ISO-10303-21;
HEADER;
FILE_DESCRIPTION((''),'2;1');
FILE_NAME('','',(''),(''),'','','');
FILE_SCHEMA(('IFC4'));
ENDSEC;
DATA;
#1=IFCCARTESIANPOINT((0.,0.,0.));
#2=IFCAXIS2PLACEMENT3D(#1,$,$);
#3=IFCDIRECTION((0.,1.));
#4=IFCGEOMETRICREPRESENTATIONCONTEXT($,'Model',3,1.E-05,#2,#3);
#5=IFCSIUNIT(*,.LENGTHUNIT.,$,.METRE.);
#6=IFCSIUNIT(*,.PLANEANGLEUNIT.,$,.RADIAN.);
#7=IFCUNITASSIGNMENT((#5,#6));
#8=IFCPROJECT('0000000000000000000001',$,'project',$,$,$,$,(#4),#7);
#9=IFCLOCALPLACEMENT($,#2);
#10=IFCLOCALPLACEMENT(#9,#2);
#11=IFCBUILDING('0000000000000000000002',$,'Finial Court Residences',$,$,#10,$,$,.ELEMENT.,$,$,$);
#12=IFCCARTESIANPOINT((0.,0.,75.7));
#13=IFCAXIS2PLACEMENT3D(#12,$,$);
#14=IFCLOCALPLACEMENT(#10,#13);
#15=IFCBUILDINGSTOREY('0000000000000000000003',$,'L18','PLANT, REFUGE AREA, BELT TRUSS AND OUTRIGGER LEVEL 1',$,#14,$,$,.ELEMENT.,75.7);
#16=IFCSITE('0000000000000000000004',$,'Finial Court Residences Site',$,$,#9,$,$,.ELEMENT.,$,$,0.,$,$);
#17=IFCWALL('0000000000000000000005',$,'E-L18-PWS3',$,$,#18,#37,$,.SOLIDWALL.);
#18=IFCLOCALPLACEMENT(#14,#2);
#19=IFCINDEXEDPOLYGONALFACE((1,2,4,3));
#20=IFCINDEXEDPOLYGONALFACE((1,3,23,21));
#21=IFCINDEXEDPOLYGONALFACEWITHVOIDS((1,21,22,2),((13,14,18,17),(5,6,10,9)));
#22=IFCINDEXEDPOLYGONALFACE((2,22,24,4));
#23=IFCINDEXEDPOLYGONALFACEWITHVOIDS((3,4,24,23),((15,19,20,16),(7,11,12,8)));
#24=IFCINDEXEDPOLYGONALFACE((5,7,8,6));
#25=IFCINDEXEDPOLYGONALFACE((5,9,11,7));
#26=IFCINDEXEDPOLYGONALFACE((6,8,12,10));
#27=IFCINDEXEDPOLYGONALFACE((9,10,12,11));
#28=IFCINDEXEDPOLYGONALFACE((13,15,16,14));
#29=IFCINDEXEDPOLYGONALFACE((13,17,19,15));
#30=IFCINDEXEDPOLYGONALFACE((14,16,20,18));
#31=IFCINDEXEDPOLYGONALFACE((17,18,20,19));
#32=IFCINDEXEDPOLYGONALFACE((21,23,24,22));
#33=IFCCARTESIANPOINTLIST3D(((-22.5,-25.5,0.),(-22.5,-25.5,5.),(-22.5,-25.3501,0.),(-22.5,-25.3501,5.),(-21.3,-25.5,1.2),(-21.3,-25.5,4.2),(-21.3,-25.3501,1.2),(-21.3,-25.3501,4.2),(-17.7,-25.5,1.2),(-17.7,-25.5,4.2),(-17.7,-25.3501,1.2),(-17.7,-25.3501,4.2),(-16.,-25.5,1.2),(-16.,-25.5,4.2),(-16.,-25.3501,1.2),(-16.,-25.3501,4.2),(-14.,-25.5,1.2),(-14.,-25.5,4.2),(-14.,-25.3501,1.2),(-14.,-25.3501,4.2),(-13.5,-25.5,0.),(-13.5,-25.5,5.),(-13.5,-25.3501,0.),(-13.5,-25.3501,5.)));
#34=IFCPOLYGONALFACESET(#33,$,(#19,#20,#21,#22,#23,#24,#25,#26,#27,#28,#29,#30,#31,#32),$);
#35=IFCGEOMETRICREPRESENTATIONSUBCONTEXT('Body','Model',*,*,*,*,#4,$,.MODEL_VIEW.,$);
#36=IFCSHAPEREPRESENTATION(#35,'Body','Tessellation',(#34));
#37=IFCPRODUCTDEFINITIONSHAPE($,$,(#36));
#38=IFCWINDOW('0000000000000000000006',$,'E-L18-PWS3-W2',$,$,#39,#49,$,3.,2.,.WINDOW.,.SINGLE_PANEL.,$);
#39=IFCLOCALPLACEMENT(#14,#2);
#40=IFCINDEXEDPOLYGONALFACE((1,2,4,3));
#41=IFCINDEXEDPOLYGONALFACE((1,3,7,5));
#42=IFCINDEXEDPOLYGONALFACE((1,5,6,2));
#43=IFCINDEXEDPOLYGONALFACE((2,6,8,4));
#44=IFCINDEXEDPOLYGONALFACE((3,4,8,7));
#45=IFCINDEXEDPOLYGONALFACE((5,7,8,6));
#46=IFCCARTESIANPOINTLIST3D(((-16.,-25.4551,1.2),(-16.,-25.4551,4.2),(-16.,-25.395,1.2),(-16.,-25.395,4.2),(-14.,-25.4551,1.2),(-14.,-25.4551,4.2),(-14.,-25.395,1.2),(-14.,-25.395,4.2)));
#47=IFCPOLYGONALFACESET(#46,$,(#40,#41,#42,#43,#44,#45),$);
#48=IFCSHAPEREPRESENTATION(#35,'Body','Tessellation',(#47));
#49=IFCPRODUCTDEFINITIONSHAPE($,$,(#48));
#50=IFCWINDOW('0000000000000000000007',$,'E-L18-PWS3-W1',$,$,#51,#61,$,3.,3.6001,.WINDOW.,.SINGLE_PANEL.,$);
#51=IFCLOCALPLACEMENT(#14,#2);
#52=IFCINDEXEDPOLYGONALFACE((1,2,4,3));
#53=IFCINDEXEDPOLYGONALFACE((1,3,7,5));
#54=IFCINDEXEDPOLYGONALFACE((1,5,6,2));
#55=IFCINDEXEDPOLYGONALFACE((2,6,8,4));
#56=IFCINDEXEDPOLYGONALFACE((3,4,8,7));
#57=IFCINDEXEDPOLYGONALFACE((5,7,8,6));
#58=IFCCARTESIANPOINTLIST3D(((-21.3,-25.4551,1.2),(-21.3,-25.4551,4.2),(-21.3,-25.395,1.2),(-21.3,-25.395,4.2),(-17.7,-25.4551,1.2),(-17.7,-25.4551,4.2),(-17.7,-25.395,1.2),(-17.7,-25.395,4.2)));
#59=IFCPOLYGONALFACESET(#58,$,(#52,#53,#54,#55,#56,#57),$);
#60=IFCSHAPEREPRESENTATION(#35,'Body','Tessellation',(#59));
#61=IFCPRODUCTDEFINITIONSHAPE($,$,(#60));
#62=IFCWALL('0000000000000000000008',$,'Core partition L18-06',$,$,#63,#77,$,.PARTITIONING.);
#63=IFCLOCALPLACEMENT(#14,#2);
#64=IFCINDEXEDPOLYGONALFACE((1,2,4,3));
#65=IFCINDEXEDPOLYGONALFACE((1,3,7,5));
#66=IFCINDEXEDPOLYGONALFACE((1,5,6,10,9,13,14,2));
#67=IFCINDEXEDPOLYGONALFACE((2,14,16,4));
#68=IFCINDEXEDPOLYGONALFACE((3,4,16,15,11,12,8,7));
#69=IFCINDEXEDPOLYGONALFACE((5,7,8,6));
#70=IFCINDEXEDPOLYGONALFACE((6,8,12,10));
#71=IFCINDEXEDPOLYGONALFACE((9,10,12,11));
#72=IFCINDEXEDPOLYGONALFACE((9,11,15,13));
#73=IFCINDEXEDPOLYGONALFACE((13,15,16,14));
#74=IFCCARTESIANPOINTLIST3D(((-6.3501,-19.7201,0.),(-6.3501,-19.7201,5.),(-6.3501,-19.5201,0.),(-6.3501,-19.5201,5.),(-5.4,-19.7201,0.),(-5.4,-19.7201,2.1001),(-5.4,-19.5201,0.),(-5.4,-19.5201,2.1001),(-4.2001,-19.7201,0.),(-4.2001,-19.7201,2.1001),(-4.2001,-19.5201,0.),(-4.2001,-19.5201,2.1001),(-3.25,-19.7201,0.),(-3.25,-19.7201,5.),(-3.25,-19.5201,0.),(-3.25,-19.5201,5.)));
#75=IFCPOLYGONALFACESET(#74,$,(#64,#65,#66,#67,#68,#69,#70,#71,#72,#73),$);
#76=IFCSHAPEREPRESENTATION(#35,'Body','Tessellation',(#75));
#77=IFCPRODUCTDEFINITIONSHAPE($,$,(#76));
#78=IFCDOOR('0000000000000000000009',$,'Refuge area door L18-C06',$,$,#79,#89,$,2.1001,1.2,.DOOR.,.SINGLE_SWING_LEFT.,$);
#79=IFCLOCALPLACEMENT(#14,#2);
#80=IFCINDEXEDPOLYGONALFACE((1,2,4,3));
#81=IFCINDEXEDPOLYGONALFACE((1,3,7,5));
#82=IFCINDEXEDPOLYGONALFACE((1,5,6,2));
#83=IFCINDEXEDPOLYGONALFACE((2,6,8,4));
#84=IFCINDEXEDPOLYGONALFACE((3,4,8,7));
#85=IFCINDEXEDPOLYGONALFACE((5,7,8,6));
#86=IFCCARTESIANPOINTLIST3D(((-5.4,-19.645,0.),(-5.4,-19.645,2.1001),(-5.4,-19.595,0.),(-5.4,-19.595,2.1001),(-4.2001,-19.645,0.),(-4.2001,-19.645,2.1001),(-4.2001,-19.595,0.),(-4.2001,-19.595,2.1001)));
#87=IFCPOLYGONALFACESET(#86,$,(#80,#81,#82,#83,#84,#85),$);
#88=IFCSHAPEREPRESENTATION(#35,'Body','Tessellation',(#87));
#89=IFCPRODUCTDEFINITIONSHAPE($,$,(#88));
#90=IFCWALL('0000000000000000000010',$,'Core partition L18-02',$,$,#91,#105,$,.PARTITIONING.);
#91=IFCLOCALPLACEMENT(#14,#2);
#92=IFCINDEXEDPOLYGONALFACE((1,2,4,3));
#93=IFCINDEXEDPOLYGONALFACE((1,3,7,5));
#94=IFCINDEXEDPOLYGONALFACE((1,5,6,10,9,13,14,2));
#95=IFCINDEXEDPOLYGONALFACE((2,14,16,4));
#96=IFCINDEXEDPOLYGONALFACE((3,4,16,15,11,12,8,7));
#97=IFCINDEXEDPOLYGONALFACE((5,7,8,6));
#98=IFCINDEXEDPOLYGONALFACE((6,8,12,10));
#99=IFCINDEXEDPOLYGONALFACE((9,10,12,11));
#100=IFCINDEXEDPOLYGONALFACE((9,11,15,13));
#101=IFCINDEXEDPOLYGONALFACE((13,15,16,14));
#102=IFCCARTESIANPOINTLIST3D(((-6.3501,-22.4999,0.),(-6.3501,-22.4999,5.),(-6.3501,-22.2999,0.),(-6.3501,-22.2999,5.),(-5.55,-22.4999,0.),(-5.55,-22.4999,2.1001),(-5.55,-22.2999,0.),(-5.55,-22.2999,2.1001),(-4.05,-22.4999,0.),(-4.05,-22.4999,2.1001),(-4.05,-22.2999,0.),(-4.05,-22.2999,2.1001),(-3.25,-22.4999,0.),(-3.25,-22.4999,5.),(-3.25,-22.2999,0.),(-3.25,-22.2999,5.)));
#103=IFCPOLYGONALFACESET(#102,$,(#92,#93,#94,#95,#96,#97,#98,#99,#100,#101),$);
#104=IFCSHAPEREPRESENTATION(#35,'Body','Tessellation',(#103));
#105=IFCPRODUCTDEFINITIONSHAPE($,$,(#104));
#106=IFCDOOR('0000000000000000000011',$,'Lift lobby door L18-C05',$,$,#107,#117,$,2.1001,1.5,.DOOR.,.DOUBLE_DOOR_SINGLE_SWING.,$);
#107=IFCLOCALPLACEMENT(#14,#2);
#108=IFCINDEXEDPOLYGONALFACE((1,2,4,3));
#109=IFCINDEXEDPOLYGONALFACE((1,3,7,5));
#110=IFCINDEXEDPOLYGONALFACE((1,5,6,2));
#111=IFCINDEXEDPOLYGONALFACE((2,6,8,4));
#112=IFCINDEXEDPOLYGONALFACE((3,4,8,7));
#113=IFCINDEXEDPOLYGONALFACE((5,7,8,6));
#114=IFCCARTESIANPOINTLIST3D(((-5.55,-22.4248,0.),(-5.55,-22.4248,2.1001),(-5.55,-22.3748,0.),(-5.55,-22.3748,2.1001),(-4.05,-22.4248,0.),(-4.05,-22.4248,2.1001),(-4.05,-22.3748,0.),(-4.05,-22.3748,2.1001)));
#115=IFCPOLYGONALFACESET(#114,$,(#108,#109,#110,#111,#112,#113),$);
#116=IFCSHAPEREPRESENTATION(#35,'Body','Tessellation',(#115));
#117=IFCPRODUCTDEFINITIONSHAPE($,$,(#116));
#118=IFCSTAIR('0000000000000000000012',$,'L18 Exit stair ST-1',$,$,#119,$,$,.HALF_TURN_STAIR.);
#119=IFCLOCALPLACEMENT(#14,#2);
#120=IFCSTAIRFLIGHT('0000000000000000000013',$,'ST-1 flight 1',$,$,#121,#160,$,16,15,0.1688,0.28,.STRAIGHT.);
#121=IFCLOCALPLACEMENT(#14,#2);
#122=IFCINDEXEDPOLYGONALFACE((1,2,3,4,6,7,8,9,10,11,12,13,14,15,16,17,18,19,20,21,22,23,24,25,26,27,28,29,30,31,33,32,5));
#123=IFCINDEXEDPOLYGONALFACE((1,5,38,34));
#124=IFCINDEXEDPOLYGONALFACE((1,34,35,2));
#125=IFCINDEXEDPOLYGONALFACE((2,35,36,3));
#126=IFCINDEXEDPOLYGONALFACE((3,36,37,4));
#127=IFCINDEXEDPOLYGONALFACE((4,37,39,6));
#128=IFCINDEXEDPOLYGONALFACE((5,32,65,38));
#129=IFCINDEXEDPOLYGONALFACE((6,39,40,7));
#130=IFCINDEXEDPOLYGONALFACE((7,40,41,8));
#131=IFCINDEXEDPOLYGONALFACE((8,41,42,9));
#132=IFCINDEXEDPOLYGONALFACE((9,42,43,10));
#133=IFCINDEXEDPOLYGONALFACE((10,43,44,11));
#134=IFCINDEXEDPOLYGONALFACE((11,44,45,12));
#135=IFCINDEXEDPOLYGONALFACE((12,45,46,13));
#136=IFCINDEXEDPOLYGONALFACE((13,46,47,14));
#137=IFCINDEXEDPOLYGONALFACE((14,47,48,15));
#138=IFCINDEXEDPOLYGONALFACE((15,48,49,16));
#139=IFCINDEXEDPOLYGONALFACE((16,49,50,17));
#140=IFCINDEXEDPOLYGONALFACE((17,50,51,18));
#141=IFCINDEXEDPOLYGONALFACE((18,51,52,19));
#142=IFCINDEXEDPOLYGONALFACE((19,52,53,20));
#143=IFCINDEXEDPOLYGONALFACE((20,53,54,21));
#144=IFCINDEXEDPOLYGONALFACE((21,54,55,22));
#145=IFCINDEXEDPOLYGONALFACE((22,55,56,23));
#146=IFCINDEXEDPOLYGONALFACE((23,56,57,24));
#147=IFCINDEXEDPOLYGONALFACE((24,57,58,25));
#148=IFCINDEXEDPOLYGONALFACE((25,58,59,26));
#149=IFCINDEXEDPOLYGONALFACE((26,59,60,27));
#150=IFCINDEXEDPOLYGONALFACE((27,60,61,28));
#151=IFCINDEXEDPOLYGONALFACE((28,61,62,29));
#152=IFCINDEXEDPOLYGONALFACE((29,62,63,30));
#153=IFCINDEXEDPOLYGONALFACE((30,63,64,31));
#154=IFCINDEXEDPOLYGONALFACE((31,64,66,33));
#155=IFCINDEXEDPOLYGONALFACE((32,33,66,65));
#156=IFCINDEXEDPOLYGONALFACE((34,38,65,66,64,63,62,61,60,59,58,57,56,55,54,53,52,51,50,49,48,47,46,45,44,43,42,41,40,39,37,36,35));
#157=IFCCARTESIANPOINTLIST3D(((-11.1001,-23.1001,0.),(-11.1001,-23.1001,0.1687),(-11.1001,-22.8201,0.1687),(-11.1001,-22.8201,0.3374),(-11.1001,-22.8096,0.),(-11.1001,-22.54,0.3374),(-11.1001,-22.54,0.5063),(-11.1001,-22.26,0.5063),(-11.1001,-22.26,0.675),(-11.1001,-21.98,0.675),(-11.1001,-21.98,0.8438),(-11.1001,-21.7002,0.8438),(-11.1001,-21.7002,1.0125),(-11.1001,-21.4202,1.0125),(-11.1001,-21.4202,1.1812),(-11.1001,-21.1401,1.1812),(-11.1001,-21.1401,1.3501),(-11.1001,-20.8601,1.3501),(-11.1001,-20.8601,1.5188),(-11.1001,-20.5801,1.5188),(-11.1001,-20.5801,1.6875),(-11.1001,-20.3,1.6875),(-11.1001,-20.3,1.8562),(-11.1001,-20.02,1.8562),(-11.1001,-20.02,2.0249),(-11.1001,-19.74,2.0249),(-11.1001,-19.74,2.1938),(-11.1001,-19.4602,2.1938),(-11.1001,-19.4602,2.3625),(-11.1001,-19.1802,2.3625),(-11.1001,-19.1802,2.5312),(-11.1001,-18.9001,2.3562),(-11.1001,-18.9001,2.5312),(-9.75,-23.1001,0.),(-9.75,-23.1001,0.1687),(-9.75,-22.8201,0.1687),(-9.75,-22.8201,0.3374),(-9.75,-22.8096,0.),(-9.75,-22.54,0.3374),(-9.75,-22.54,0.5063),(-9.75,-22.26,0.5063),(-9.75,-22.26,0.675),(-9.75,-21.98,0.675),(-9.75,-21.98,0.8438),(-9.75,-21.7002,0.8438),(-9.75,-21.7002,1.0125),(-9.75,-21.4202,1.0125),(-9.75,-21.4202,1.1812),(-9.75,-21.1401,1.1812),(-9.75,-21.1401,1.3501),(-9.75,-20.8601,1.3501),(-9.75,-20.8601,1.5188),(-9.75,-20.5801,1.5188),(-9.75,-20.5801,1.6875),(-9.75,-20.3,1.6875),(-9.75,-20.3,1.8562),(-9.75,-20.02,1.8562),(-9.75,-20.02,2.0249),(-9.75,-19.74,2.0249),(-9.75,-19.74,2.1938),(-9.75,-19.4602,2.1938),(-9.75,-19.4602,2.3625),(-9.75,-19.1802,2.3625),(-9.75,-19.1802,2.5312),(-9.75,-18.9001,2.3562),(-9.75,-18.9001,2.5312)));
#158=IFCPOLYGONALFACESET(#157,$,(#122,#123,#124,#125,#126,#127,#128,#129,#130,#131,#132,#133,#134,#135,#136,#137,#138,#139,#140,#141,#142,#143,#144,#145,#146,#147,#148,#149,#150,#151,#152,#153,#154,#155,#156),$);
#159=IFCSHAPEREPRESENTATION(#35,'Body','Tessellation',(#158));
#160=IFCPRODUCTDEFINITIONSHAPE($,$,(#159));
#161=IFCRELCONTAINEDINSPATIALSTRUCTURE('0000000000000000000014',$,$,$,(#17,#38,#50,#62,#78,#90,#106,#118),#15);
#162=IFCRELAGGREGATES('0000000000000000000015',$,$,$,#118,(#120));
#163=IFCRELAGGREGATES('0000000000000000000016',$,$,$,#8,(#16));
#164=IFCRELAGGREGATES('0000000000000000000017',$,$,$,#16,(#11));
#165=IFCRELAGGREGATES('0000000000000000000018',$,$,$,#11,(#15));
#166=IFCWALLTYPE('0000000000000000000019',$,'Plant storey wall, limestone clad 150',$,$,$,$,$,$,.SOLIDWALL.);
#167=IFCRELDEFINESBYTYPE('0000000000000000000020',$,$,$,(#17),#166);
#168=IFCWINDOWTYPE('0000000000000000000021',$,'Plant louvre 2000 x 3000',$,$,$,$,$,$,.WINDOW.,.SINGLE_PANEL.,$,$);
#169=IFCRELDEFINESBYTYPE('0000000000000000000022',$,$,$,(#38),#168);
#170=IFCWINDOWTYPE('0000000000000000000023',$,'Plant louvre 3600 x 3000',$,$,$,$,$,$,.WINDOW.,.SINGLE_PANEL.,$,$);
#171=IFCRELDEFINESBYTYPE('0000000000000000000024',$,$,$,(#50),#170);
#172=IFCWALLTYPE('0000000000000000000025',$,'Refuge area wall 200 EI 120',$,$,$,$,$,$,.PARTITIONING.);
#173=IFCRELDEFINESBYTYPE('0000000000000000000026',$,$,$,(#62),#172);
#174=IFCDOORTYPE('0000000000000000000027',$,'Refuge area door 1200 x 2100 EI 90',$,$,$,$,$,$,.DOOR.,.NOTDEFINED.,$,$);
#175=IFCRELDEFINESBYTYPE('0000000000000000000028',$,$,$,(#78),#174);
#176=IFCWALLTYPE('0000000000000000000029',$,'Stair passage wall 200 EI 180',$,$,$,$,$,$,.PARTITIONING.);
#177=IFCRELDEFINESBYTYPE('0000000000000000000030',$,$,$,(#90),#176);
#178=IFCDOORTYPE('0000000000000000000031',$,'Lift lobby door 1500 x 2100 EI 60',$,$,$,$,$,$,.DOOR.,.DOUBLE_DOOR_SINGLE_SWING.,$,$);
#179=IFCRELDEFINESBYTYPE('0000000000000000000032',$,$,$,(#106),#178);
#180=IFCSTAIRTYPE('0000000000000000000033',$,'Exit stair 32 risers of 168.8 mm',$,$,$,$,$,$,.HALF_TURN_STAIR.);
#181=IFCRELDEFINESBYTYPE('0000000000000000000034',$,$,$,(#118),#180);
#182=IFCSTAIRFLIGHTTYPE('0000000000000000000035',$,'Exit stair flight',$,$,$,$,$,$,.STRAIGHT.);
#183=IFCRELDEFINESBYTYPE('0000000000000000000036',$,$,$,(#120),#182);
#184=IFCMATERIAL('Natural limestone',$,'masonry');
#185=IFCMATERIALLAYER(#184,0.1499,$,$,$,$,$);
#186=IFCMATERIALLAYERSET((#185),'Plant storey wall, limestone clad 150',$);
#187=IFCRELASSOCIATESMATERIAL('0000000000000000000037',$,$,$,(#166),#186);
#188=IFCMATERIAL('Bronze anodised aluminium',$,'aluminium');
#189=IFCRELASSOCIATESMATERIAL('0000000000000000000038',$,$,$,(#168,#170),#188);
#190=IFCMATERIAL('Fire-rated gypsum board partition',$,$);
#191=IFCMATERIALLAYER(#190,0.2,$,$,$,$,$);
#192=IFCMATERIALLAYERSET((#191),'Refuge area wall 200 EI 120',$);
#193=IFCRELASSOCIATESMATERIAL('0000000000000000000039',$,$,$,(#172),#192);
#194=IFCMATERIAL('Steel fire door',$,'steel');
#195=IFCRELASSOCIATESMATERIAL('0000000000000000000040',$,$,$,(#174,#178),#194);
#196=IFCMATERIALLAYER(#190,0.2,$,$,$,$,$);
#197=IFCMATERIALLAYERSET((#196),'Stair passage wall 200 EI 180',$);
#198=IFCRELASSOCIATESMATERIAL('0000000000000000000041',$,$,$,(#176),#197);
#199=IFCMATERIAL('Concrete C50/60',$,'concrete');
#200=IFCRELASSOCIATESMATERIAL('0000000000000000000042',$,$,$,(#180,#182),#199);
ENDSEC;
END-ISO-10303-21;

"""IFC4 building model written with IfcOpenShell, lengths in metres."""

from ifc_helpers import new_model, si_unit, direction, frame, frame_2d, origin, place, context, subcontext, project, spatial, polyline, rectangle, outline, extrude, material, layer, layer_set, type_object, element, fill, aggregate, save


model = new_model("IFC4")

# Units and contexts
model_context = context("Model", 3, precision=1e-05, world=origin(), true_north=direction((0.0, 1.0)))
body_context = subcontext(model_context, "Body", "Model", "MODEL_VIEW")
ifc_project = project(units=[si_unit("LENGTHUNIT", "METRE"), si_unit("PLANEANGLEUNIT", "RADIAN")], contexts=[model_context])

# Site, building, storey
site_placement = place(None, origin())
site = spatial("IfcSite", under=ifc_project, at=site_placement, Name="Finial Court Residences Site", CompositionType="ELEMENT", RefElevation=0.0)
building_placement = place(site_placement, origin())
building = spatial("IfcBuilding", under=site, at=building_placement, Name="Finial Court Residences", CompositionType="ELEMENT")
storey_placement = place(building_placement, frame((0.0, 0.0, 75.7)))
storey = spatial("IfcBuildingStorey", under=building, at=storey_placement, Name="L18", Description="PLANT, REFUGE AREA, BELT TRUSS AND OUTRIGGER LEVEL 1", CompositionType="ELEMENT", Elevation=75.7)

# Shared definitions
ifc_material_1 = material(Name="Steel fire door", Category="steel")

# Wall, openings, windows
ifc_material_2 = material(Name="Natural limestone", Category="masonry")
ifc_layer_1 = layer(ifc_material_2, 0.1499)
ifc_layer_set_1 = layer_set([ifc_layer_1], Name="Plant storey wall, limestone clad 150")
wall_type_1 = type_object("IfcWallType", Name="Plant storey wall, limestone clad 150", PredefinedType="SOLIDWALL", material=ifc_layer_set_1)
wall_1_placement = place(storey_placement, frame((-13.5, -25.425, 0.0), z_axis=(0.0, 0.0, 1.0), x_axis=(-1.0, 0.0, 0.0)))
wall_1 = element("IfcWall", 1, at=wall_1_placement, inside=storey, type_object=wall_type_1, Name="E-L18-PWS3", PredefinedType="SOLIDWALL", context=body_context, shape_type="SweptSolid", body=[
    extrude(rectangle(XDim=9.0, YDim=0.1499, at=frame_2d((4.5, 0.0))), origin(), (0.0, 0.0, 1.0), 5.0),
])
opening_1_placement = place(wall_1_placement, frame((4.2, 0.0, 1.2)))
opening_1 = element("IfcOpeningElement", 2, at=opening_1_placement, cuts=wall_1, PredefinedType="OPENING", context=body_context, shape_type="SweptSolid", body=[
    extrude(rectangle(XDim=3.6001, YDim=3.0, at=frame_2d((1.8, 1.5))), frame((0.0, 0.085, 0.0), z_axis=(0.0, -1.0, 0.0), x_axis=(1.0, 0.0, 0.0)), (0.0, 0.0, 1.0), 0.1699),
])
opening_2_placement = place(wall_1_placement, frame((0.5, 0.0, 1.2)))
opening_2 = element("IfcOpeningElement", 3, at=opening_2_placement, cuts=wall_1, PredefinedType="OPENING", context=body_context, shape_type="SweptSolid", body=[
    extrude(rectangle(XDim=2.0, YDim=3.0, at=frame_2d((1.0, 1.5))), frame((0.0, 0.085, 0.0), z_axis=(0.0, -1.0, 0.0), x_axis=(1.0, 0.0, 0.0)), (0.0, 0.0, 1.0), 0.1699),
])
ifc_material_3 = material(Name="Bronze anodised aluminium", Category="aluminium")
window_type_1 = type_object("IfcWindowType", Name="Plant louvre 2000 x 3000", PartitioningType="SINGLE_PANEL", PredefinedType="WINDOW", material=ifc_material_3)
window_1_placement = place(opening_2_placement, origin())
window_1 = element("IfcWindow", 4, at=window_1_placement, inside=storey, type_object=window_type_1, Name="E-L18-PWS3-W2", OverallHeight=3.0, OverallWidth=2.0, PartitioningType="SINGLE_PANEL", PredefinedType="WINDOW", context=body_context, shape_type="SweptSolid", body=[
    extrude(rectangle(XDim=2.0, YDim=3.0, at=frame_2d((1.0, 1.5))), frame((0.0, 0.03, 0.0), z_axis=(0.0, -1.0, 0.0), x_axis=(1.0, 0.0, 0.0)), (0.0, 0.0, 1.0), 0.0601),
])
fill(opening_2, window_1)
window_type_2 = type_object("IfcWindowType", Name="Plant louvre 3600 x 3000", PartitioningType="SINGLE_PANEL", PredefinedType="WINDOW", material=ifc_material_3)
window_2_placement = place(opening_1_placement, origin())
window_2 = element("IfcWindow", 5, at=window_2_placement, inside=storey, type_object=window_type_2, Name="E-L18-PWS3-W1", OverallHeight=3.0, OverallWidth=3.6001, PartitioningType="SINGLE_PANEL", PredefinedType="WINDOW", context=body_context, shape_type="SweptSolid", body=[
    extrude(rectangle(XDim=3.6001, YDim=3.0, at=frame_2d((1.8, 1.5))), frame((0.0, 0.03, 0.0), z_axis=(0.0, -1.0, 0.0), x_axis=(1.0, 0.0, 0.0)), (0.0, 0.0, 1.0), 0.0601),
])
fill(opening_1, window_2)

# Walls, openings, doors
ifc_material_4 = material(Name="Fire-rated gypsum board partition")
ifc_layer_2 = layer(ifc_material_4, 0.2)
ifc_layer_set_2 = layer_set([ifc_layer_2], Name="Refuge area wall 200 EI 120")
wall_type_2 = type_object("IfcWallType", Name="Refuge area wall 200 EI 120", PredefinedType="PARTITIONING", material=ifc_layer_set_2)
wall_2_placement = place(storey_placement, frame((-3.25, -19.6201, 0.0), z_axis=(0.0, 0.0, 1.0), x_axis=(-1.0, 0.0, 0.0)))
wall_2 = element("IfcWall", 6, at=wall_2_placement, inside=storey, type_object=wall_type_2, Name="Core partition L18-06", PredefinedType="PARTITIONING", context=body_context, shape_type="SweptSolid", body=[
    extrude(rectangle(XDim=3.1001, YDim=0.2, at=frame_2d((1.55, 0.0))), origin(), (0.0, 0.0, 1.0), 5.0),
])
opening_3_placement = place(wall_2_placement, frame((0.95, 0.0, 0.0)))
opening_3 = element("IfcOpeningElement", 7, at=opening_3_placement, cuts=wall_2, PredefinedType="OPENING", context=body_context, shape_type="SweptSolid", body=[
    extrude(rectangle(XDim=1.2, YDim=2.1001, at=frame_2d((0.6001, 1.05))), frame((0.0, 0.1099, 0.0), z_axis=(0.0, -1.0, 0.0), x_axis=(1.0, 0.0, 0.0)), (0.0, 0.0, 1.0), 0.22),
])
door_type_1 = type_object("IfcDoorType", Name="Refuge area door 1200 x 2100 EI 90", OperationType="NOTDEFINED", PredefinedType="DOOR", material=ifc_material_1)
door_1_placement = place(opening_3_placement, origin())
door_1 = element("IfcDoor", 8, at=door_1_placement, inside=storey, type_object=door_type_1, Name="Refuge area door L18-C06", OperationType="SINGLE_SWING_LEFT", OverallHeight=2.1001, OverallWidth=1.2, PredefinedType="DOOR", context=body_context, shape_type="SweptSolid", body=[
    extrude(rectangle(XDim=1.2, YDim=2.1001, at=frame_2d((0.6001, 1.05))), frame((0.0, 0.0249, 0.0), z_axis=(0.0, -1.0, 0.0), x_axis=(1.0, 0.0, 0.0)), (0.0, 0.0, 1.0), 0.05),
])
fill(opening_3, door_1)
ifc_layer_3 = layer(ifc_material_4, 0.2)
ifc_layer_set_3 = layer_set([ifc_layer_3], Name="Stair passage wall 200 EI 180")
wall_type_3 = type_object("IfcWallType", Name="Stair passage wall 200 EI 180", PredefinedType="PARTITIONING", material=ifc_layer_set_3)
wall_3_placement = place(storey_placement, frame((-3.25, -22.3999, 0.0), z_axis=(0.0, 0.0, 1.0), x_axis=(-1.0, 0.0, 0.0)))
wall_3 = element("IfcWall", 9, at=wall_3_placement, inside=storey, type_object=wall_type_3, Name="Core partition L18-02", PredefinedType="PARTITIONING", context=body_context, shape_type="SweptSolid", body=[
    extrude(rectangle(XDim=3.1001, YDim=0.2, at=frame_2d((1.55, 0.0))), origin(), (0.0, 0.0, 1.0), 5.0),
])
opening_4_placement = place(wall_3_placement, frame((0.8, 0.0, 0.0)))
opening_4 = element("IfcOpeningElement", 10, at=opening_4_placement, cuts=wall_3, PredefinedType="OPENING", context=body_context, shape_type="SweptSolid", body=[
    extrude(rectangle(XDim=1.5, YDim=2.1001, at=frame_2d((0.75, 1.05))), frame((0.0, 0.1099, 0.0), z_axis=(0.0, -1.0, 0.0), x_axis=(1.0, 0.0, 0.0)), (0.0, 0.0, 1.0), 0.22),
])
door_type_2 = type_object("IfcDoorType", Name="Lift lobby door 1500 x 2100 EI 60", OperationType="DOUBLE_DOOR_SINGLE_SWING", PredefinedType="DOOR", material=ifc_material_1)
door_2_placement = place(opening_4_placement, origin())
door_2 = element("IfcDoor", 11, at=door_2_placement, inside=storey, type_object=door_type_2, Name="Lift lobby door L18-C05", OperationType="DOUBLE_DOOR_SINGLE_SWING", OverallHeight=2.1001, OverallWidth=1.5, PredefinedType="DOOR", context=body_context, shape_type="SweptSolid", body=[
    extrude(rectangle(XDim=1.5, YDim=2.1001, at=frame_2d((0.75, 1.05))), frame((0.0, 0.0249, 0.0), z_axis=(0.0, -1.0, 0.0), x_axis=(1.0, 0.0, 0.0)), (0.0, 0.0, 1.0), 0.05),
])
fill(opening_4, door_2)

# Stair, stair flight
ifc_material_5 = material(Name="Concrete C50/60", Category="concrete")
stair_type = type_object("IfcStairType", Name="Exit stair 32 risers of 168.8 mm", PredefinedType="HALF_TURN_STAIR", material=ifc_material_5)
stair_placement = place(storey_placement, origin())
stair = element("IfcStair", 12, at=stair_placement, inside=storey, type_object=stair_type, Name="L18 Exit stair ST-1", PredefinedType="HALF_TURN_STAIR")
stair_flight_type = type_object("IfcStairFlightType", Name="Exit stair flight", PredefinedType="STRAIGHT", material=ifc_material_5)
stair_flight_placement = place(storey_placement, frame((-10.425, -23.1001, 0.0), z_axis=(0.0, 0.0, 1.0), x_axis=(0.0, 1.0, 0.0)))
stair_flight = element("IfcStairFlight", 13, at=stair_flight_placement, type_object=stair_flight_type, Name="ST-1 flight 1", NumberOfRisers=16, NumberOfTreads=15, PredefinedType="STRAIGHT", RiserHeight=0.1688, TreadLength=0.28, context=body_context, shape_type="SweptSolid", body=[
    extrude(outline(polyline([(0.0, 0.0), (0.0, 0.1687), (0.28, 0.1687), (0.28, 0.3374), (0.5601, 0.3374), (0.5601, 0.5063), (0.8401, 0.5063), (0.8401, 0.675), (1.1201, 0.675), (1.1201, 0.8438), (1.3999, 0.8438), (1.3999, 1.0125), (1.6799, 1.0125), (1.6799, 1.1812), (1.96, 1.1812), (1.96, 1.3501), (2.24, 1.3501), (2.24, 1.5188), (2.52, 1.5188), (2.52, 1.6875), (2.8, 1.6875), (2.8, 1.8562), (3.0801, 1.8562), (3.0801, 2.0249), (3.3601, 2.0249), (3.3601, 2.1938), (3.6399, 2.1938), (3.6399, 2.3625), (3.9199, 2.3625), (3.9199, 2.5312), (4.2, 2.5312), (4.2, 2.7), (4.2, 2.3562), (0.2905, 0.0), (0.0, 0.0)])), frame((0.0, 0.675, 0.0), z_axis=(0.0, -1.0, 0.0), x_axis=(1.0, 0.0, 0.0)), (0.0, 0.0, 1.0), 1.3501),
])
aggregate(stair, [stair_flight])

save(model, "model.ifc")
